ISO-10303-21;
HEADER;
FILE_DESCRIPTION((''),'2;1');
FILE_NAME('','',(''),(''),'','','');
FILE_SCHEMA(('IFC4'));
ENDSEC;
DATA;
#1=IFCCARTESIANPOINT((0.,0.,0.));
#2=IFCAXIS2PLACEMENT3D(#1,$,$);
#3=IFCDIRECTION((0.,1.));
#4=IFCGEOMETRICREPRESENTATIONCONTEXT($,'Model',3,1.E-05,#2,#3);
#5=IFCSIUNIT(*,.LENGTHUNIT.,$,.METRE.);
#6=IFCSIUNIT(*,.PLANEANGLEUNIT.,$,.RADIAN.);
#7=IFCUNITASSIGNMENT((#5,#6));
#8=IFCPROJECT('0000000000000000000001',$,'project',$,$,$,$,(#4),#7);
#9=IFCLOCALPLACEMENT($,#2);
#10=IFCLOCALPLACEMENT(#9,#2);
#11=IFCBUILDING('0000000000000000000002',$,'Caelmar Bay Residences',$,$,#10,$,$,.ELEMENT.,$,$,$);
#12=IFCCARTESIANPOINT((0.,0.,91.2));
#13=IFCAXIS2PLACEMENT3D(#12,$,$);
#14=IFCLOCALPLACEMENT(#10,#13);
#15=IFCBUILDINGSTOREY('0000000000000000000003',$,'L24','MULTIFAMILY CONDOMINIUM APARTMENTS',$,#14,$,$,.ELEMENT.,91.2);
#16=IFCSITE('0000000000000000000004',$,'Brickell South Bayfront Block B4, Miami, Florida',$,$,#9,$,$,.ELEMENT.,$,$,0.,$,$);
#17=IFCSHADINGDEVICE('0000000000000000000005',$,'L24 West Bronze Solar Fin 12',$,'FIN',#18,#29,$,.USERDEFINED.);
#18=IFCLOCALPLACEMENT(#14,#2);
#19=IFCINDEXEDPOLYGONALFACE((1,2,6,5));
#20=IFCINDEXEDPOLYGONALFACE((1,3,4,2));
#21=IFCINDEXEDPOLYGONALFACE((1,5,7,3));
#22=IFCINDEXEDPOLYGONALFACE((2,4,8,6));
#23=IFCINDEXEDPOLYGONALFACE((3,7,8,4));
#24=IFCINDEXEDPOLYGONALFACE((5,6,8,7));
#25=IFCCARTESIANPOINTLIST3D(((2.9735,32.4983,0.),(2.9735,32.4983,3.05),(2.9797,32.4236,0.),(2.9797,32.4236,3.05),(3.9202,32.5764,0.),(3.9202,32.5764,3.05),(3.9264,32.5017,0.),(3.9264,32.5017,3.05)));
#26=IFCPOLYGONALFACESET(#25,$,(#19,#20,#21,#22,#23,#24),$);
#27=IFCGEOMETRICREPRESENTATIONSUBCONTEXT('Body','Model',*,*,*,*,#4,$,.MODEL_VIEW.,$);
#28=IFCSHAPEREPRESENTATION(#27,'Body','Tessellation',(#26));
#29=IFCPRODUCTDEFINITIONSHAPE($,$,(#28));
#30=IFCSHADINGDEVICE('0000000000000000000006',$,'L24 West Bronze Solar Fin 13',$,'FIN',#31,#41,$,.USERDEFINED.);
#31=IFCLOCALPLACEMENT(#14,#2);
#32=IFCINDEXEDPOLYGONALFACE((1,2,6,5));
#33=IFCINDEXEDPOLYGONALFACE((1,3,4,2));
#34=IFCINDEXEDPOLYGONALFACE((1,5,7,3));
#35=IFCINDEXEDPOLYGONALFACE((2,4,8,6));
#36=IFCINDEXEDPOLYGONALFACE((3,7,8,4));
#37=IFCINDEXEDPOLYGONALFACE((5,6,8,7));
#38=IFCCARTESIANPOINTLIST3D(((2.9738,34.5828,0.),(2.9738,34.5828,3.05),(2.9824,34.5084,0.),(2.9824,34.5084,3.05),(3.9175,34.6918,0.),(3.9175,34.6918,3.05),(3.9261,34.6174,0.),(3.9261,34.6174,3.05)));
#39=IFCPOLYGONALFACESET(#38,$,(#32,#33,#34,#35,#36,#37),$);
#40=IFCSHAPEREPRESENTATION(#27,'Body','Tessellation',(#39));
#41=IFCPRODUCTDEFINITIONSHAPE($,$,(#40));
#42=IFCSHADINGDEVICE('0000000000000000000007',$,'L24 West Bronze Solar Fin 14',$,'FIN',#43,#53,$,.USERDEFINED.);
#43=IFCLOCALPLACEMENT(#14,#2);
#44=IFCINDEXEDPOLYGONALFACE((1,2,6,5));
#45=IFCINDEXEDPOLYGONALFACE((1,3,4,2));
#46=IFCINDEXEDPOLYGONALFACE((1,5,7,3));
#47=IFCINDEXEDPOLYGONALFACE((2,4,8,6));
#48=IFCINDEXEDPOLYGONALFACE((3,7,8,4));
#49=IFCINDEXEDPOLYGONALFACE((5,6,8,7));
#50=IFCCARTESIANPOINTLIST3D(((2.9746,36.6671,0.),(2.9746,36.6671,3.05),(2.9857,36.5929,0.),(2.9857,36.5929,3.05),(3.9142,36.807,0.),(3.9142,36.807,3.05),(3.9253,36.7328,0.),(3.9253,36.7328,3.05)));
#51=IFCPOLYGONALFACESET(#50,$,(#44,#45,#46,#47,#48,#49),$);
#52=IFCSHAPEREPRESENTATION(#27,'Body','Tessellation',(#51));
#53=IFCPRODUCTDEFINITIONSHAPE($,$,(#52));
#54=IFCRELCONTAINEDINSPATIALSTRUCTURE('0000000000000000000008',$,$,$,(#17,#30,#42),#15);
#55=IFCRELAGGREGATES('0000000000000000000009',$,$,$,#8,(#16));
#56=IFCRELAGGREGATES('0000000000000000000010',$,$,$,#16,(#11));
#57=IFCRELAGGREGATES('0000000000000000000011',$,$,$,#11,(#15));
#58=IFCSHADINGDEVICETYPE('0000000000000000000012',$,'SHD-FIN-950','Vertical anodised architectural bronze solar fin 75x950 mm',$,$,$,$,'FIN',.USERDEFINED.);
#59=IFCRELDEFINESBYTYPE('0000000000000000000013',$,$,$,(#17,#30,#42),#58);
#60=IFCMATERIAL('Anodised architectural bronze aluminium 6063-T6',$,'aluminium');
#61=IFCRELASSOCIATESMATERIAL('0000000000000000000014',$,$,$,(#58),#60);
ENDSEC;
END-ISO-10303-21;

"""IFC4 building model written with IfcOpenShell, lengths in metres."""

from ifc_helpers import new_model, si_unit, direction, frame, origin, origin_2d, place, context, subcontext, project, spatial, rectangle, extrude, material, material_profile, profile_set, type_object, element, save


model = new_model("IFC4")

# Units and contexts
model_context = context("Model", 3, precision=1e-05, world=origin(), true_north=direction((0.0, 1.0)))
body_context = subcontext(model_context, "Body", "Model", "MODEL_VIEW")
ifc_project = project(units=[si_unit("LENGTHUNIT", "METRE"), si_unit("PLANEANGLEUNIT", "RADIAN")], contexts=[model_context])

# Site, building, storey
site_placement = place(None, origin())
site = spatial("IfcSite", under=ifc_project, at=site_placement, Name="Brickell South Bayfront Block B4, Miami, Florida", CompositionType="ELEMENT", RefElevation=0.0)
building_placement = place(site_placement, origin())
building = spatial("IfcBuilding", under=site, at=building_placement, Name="Caelmar Bay Residences", CompositionType="ELEMENT")
storey_placement = place(building_placement, frame((0.0, 0.0, 91.2)))
storey = spatial("IfcBuildingStorey", under=building, at=storey_placement, Name="L24", Description="MULTIFAMILY CONDOMINIUM APARTMENTS", CompositionType="ELEMENT", Elevation=91.2)

# Shading devices
ifc_material_1 = material(Name="Anodised architectural bronze aluminium 6063-T6", Category="aluminium")
ifc_material_profile_1 = material_profile(ifc_material_1, rectangle(XDim=0.075, YDim=0.95, at=origin_2d()), Name="BRONZE-FIN-75X950")
ifc_profile_set_1 = profile_set([ifc_material_profile_1], Name="Anodised architectural bronze aluminium 6063-T6")
shading_device_type = type_object("IfcShadingDeviceType", Name="SHD-FIN-950", Description="Vertical anodised architectural bronze solar fin 75x950 mm", ElementType="FIN", PredefinedType="USERDEFINED", material=ifc_profile_set_1)
for number, where, z_axis, x_axis, name in (
    (1, (3.45, 32.5, 0.0), (0.0, 0.0, 1.0), (-0.082112, 0.996623, 0.0), "L24 West Bronze Solar Fin 12"),
    (2, (3.45, 34.6001, 0.0), (0.0, 0.0, 1.0), (-0.114764, 0.993393, 0.0), "L24 West Bronze Solar Fin 13"),
    (3, (3.45, 36.7, 0.0), (0.0, 0.0, 1.0), (-0.147292, 0.989093, 0.0), "L24 West Bronze Solar Fin 14"),
):
    element("IfcShadingDevice", number, at=place(storey_placement, frame(where, z_axis=z_axis, x_axis=x_axis)), inside=storey, type_object=shading_device_type, Name=name, ObjectType="FIN", PredefinedType="USERDEFINED", context=body_context, shape_type="SweptSolid", body=[
        extrude(rectangle(XDim=0.075, YDim=0.95, at=origin_2d()), origin(), (0.0, 0.0, 1.0), 3.05),
    ])

save(model, "model.ifc")
